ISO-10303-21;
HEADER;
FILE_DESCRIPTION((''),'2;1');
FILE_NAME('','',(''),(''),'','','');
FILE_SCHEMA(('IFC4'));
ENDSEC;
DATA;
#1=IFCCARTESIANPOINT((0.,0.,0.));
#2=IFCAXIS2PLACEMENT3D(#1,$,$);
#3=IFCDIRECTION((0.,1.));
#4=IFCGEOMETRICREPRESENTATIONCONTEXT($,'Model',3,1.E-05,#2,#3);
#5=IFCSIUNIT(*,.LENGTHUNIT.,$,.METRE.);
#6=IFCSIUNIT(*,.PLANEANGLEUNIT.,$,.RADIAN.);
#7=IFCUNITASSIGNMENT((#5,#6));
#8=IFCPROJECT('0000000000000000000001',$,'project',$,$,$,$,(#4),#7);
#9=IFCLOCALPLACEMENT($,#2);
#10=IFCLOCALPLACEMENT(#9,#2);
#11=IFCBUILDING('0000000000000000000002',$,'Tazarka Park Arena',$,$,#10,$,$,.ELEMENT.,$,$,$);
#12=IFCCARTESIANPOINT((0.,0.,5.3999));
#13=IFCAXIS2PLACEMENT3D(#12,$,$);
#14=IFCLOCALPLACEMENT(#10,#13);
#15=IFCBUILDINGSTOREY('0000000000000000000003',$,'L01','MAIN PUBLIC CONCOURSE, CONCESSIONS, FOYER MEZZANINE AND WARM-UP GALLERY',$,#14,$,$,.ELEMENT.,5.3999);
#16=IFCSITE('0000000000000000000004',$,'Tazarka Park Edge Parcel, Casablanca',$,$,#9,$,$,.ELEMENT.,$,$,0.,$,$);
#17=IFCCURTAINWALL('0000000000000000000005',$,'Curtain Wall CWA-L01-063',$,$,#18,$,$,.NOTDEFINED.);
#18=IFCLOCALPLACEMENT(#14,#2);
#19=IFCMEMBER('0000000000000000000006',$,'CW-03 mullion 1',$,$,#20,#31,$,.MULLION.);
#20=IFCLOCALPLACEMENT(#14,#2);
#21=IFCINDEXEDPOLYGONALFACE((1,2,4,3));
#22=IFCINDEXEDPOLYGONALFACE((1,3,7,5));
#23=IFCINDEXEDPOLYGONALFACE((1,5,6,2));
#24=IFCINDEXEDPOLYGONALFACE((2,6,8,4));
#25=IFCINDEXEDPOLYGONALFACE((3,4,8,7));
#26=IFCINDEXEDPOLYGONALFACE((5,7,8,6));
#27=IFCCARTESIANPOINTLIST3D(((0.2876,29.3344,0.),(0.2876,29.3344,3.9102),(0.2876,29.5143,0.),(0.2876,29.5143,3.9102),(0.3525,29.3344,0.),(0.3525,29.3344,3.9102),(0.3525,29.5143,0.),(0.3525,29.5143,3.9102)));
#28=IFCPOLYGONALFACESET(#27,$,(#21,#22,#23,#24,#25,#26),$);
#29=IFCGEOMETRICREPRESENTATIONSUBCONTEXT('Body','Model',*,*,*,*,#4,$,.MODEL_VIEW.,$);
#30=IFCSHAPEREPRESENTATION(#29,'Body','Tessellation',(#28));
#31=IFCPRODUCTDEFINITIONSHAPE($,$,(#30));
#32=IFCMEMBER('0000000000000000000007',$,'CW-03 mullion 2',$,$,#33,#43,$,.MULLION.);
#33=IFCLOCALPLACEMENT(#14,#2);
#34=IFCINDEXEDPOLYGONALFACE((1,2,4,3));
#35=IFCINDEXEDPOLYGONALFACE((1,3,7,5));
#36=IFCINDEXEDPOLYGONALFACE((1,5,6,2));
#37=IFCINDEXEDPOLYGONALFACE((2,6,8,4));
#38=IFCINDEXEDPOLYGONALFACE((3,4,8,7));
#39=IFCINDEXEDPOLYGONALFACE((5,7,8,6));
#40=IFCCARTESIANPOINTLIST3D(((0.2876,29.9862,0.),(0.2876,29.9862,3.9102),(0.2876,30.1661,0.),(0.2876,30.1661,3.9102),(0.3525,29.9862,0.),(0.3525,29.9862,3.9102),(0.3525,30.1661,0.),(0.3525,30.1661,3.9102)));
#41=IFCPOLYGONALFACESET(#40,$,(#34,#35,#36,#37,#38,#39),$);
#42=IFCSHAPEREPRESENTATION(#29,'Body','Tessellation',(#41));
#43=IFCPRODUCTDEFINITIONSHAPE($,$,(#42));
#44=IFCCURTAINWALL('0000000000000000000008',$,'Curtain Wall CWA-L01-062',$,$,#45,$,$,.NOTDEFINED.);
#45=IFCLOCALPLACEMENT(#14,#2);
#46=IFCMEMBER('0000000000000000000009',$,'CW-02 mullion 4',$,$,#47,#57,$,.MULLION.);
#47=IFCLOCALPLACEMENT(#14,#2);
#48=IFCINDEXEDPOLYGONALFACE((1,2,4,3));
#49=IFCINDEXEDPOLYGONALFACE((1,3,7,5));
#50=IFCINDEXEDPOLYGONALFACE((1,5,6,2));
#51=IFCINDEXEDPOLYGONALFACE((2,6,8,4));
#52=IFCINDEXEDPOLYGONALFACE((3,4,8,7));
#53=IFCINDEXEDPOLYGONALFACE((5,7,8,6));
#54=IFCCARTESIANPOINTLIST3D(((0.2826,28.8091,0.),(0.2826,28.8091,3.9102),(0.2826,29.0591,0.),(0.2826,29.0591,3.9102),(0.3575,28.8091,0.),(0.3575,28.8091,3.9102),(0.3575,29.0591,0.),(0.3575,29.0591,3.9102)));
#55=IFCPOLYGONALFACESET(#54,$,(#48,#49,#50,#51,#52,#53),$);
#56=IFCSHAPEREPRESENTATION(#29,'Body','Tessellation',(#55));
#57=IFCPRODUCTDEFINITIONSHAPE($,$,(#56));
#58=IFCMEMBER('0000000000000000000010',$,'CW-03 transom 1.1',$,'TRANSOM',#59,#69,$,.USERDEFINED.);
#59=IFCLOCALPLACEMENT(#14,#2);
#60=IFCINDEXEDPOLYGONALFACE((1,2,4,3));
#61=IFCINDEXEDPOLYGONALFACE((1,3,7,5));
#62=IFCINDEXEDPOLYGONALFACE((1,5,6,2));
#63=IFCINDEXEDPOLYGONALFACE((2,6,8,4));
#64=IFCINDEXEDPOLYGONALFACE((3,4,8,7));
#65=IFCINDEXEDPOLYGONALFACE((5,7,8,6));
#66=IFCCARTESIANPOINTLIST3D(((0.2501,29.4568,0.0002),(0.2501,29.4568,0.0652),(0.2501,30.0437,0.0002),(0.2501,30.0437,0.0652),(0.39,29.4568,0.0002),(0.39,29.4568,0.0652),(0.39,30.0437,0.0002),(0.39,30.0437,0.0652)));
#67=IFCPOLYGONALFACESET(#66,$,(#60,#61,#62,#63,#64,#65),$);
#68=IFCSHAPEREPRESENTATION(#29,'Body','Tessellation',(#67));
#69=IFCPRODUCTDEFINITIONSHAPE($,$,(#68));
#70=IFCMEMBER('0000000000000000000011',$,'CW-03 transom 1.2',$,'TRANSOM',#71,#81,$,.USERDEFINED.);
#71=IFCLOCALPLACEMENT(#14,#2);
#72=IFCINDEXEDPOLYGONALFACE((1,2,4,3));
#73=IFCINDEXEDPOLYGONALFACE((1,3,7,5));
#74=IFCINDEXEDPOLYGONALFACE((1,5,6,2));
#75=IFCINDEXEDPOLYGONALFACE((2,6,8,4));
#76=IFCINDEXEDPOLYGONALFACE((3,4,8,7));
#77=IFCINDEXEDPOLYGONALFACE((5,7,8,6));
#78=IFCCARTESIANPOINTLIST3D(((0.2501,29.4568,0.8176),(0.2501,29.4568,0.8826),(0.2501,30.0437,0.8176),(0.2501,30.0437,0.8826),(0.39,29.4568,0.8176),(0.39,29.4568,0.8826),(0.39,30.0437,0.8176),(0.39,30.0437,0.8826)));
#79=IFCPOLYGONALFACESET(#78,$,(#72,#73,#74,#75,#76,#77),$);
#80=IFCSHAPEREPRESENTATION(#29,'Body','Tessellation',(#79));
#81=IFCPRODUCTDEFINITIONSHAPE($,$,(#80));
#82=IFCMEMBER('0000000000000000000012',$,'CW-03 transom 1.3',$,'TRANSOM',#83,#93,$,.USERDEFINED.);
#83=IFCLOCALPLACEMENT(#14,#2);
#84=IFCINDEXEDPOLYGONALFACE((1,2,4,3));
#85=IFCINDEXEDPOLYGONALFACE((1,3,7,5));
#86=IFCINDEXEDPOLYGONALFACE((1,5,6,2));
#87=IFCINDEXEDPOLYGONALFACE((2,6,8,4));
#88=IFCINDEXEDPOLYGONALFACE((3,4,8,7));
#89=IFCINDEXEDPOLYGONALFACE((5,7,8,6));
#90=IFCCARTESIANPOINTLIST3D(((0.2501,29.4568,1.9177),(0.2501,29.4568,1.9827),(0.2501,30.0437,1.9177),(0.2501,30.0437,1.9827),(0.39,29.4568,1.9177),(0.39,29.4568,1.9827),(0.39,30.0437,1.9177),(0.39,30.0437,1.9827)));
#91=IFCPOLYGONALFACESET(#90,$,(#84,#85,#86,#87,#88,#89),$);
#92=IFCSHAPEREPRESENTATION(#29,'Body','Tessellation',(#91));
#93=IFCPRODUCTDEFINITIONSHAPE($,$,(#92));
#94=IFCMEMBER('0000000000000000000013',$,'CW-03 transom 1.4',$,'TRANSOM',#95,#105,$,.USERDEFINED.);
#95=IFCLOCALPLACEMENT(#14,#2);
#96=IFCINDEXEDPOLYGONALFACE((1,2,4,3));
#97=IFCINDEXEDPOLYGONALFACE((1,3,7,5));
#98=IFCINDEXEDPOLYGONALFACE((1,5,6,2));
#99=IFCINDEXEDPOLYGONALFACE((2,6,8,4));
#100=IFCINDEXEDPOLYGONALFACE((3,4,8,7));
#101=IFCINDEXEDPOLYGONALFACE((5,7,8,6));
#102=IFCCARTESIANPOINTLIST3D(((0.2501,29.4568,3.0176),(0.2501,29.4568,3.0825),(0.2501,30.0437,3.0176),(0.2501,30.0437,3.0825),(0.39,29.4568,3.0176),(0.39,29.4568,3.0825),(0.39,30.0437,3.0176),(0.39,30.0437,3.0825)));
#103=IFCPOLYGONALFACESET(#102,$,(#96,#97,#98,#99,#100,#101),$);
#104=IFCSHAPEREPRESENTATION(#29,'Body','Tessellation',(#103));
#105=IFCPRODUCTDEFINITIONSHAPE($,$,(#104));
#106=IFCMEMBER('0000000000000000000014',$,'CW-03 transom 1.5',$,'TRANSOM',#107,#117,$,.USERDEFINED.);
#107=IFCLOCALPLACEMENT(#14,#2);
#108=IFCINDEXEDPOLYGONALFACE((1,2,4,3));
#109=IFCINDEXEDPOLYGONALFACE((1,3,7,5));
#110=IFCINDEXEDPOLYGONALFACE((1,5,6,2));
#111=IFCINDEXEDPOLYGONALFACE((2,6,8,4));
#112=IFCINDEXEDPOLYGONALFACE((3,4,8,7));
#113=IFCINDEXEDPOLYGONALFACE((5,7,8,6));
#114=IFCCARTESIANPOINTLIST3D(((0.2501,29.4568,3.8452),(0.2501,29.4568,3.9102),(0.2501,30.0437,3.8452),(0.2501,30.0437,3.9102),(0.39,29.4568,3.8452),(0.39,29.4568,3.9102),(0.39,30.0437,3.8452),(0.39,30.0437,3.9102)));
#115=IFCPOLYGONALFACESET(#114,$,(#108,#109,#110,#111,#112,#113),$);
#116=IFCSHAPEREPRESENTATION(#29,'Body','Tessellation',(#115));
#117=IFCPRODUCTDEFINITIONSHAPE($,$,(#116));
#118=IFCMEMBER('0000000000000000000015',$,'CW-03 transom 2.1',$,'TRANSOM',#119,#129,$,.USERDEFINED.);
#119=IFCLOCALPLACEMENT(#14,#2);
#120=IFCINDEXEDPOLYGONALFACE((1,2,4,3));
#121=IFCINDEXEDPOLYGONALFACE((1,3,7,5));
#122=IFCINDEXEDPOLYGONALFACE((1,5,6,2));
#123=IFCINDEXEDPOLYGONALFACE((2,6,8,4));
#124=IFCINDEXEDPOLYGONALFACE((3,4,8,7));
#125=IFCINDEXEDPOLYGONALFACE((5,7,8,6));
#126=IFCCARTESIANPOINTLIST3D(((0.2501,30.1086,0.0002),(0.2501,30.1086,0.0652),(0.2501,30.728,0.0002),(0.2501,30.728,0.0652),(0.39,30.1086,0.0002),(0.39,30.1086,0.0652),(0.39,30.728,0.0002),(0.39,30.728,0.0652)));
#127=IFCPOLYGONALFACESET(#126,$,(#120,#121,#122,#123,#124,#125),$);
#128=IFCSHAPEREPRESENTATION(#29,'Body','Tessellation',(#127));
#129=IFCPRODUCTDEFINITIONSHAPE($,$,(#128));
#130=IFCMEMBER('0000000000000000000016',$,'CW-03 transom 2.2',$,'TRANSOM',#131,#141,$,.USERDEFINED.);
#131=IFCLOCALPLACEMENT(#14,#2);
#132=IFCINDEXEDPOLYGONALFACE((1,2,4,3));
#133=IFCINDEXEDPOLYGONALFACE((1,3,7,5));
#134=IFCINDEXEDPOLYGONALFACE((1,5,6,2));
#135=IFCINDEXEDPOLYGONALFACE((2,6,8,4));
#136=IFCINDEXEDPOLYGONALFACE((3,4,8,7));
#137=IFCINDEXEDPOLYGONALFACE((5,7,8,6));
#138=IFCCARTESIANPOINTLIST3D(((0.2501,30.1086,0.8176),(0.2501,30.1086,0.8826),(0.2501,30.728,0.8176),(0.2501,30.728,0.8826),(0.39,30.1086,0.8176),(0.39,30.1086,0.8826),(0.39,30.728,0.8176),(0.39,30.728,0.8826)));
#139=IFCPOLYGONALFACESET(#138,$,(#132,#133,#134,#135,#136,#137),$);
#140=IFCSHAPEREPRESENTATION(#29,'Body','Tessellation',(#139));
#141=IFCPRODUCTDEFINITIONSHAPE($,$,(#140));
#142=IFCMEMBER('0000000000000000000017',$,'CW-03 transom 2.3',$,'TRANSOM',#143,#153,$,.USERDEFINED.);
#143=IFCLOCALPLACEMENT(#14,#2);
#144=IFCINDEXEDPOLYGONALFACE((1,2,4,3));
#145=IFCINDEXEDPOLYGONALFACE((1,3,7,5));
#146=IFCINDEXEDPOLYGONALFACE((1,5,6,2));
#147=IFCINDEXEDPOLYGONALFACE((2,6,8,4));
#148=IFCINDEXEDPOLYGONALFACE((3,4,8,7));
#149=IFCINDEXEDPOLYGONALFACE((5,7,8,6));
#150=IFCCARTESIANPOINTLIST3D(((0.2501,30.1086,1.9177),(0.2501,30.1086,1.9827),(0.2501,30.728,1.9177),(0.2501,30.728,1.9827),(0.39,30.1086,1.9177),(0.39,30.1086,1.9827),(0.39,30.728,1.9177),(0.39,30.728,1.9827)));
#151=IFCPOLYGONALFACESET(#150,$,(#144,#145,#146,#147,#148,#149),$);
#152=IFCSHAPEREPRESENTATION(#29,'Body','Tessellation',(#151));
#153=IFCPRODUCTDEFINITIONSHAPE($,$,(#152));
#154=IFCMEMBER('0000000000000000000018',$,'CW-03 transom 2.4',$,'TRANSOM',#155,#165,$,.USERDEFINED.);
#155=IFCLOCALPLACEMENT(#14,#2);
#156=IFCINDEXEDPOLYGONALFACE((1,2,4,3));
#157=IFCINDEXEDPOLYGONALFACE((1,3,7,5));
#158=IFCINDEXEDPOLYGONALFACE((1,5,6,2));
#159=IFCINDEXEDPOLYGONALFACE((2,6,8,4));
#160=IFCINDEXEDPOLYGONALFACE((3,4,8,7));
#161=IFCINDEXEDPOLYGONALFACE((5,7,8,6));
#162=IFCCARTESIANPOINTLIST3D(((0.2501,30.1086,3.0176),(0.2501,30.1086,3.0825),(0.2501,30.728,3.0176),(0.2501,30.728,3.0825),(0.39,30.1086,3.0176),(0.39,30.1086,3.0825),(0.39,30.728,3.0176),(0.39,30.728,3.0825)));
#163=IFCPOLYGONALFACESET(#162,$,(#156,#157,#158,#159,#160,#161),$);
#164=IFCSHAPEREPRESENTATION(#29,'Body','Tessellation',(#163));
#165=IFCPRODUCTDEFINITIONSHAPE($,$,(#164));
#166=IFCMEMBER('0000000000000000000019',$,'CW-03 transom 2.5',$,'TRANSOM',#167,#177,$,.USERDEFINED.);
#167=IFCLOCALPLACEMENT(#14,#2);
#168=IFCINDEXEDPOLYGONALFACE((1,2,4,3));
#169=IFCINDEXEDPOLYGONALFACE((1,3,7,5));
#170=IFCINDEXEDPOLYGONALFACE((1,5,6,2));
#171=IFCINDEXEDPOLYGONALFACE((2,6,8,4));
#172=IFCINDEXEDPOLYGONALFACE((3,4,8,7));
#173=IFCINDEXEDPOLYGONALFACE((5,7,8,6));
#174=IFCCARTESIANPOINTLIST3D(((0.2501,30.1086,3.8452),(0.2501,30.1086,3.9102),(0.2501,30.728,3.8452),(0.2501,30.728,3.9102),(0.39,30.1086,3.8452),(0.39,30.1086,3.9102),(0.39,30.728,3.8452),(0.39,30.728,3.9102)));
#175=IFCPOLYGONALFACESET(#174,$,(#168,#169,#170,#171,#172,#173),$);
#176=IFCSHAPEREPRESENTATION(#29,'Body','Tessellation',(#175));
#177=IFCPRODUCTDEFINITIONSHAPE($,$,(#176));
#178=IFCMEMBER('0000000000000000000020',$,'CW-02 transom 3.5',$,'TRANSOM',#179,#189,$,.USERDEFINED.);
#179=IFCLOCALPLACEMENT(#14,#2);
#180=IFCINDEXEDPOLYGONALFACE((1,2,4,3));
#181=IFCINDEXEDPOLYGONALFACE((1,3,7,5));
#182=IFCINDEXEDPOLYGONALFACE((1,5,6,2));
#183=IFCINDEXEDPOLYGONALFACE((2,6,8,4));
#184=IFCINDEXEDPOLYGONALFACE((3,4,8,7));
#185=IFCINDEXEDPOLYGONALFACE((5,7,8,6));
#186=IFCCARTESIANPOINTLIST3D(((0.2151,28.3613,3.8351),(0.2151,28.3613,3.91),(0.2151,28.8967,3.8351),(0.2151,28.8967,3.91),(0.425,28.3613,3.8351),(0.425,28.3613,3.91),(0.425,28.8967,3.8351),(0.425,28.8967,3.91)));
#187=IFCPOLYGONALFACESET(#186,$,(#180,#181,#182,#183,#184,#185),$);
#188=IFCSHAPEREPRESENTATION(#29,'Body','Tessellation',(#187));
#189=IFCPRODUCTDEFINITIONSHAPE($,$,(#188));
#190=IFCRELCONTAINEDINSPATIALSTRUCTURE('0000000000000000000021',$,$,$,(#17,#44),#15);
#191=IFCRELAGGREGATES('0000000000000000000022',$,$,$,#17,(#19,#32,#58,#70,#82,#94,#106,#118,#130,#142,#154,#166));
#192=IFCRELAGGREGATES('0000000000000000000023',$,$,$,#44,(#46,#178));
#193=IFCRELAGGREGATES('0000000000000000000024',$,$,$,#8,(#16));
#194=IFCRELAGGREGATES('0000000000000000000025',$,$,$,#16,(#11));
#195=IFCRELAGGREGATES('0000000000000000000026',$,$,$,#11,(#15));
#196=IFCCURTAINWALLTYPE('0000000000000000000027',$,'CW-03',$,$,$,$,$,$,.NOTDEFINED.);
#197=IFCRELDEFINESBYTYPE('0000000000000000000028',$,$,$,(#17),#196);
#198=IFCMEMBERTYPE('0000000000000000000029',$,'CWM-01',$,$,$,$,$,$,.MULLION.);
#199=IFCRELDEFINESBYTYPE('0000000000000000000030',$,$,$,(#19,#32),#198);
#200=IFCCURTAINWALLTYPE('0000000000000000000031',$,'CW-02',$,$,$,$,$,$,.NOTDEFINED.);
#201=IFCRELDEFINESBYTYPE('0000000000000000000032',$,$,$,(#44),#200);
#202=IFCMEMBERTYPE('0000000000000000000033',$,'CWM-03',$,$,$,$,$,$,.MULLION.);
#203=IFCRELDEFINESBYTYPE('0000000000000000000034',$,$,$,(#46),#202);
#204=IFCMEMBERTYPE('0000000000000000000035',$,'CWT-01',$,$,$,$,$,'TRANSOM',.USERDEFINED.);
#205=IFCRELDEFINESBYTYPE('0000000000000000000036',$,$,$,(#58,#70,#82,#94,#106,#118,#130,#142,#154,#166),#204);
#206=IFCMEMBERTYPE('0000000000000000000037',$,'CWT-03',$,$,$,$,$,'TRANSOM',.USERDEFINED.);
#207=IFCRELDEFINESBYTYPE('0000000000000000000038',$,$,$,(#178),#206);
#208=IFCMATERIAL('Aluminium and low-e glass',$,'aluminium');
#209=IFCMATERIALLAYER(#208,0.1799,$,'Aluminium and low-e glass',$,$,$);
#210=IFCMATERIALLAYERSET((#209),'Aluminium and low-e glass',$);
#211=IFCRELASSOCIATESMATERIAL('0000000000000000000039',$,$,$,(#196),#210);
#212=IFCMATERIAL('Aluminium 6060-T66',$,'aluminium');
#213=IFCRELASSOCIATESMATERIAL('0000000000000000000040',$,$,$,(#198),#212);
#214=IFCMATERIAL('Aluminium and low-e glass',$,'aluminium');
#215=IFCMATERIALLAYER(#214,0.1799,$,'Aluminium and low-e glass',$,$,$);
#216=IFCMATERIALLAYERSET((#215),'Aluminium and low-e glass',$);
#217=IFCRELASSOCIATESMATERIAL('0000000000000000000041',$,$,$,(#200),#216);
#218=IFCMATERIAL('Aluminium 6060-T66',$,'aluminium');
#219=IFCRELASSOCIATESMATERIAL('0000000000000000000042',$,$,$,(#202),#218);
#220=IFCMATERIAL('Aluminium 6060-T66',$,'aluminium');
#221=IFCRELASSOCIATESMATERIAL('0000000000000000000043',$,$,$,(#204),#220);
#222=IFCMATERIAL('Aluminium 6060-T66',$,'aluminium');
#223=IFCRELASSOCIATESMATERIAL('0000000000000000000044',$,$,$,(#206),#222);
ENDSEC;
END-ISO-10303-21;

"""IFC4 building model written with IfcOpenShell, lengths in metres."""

from ifc_helpers import new_model, si_unit, direction, frame, origin, origin_2d, place, context, subcontext, project, spatial, rectangle, extrude, material, layer, layer_set, material_profile, profile_set, type_object, element, aggregate, save


model = new_model("IFC4")

# Units and contexts
model_context = context("Model", 3, precision=1e-05, world=origin(), true_north=direction((0.0, 1.0)))
body_context = subcontext(model_context, "Body", "Model", "MODEL_VIEW")
ifc_project = project(units=[si_unit("LENGTHUNIT", "METRE"), si_unit("PLANEANGLEUNIT", "RADIAN")], contexts=[model_context])

# Site, building, storey
site_placement = place(None, origin())
site = spatial("IfcSite", under=ifc_project, at=site_placement, Name="Tazarka Park Edge Parcel, Casablanca", CompositionType="ELEMENT", RefElevation=0.0)
building_placement = place(site_placement, origin())
building = spatial("IfcBuilding", under=site, at=building_placement, Name="Tazarka Park Arena", CompositionType="ELEMENT")
storey_placement = place(building_placement, frame((0.0, 0.0, 5.3999)))
storey = spatial("IfcBuildingStorey", under=building, at=storey_placement, Name="L01", Description="MAIN PUBLIC CONCOURSE, CONCESSIONS, FOYER MEZZANINE AND WARM-UP GALLERY", CompositionType="ELEMENT", Elevation=5.3999)

# Curtain wall, members
ifc_material_1 = material(Name="Aluminium and low-e glass", Category="aluminium")
ifc_layer_1 = layer(ifc_material_1, 0.1799, Name="Aluminium and low-e glass")
ifc_layer_set_1 = layer_set([ifc_layer_1], Name="Aluminium and low-e glass")
curtain_wall_type_1 = type_object("IfcCurtainWallType", Name="CW-03", PredefinedType="NOTDEFINED", material=ifc_layer_set_1)
curtain_wall_1_placement = place(storey_placement, origin())
curtain_wall_1 = element("IfcCurtainWall", 1, at=curtain_wall_1_placement, inside=storey, type_object=curtain_wall_type_1, Name="Curtain Wall CWA-L01-063", PredefinedType="NOTDEFINED")
ifc_material_2 = material(Name="Aluminium 6060-T66", Category="aluminium")
ifc_material_profile_1 = material_profile(ifc_material_2, rectangle(XDim=0.0649, YDim=0.1799, at=origin_2d()), Name="Aluminium 6060-T66")
ifc_profile_set_1 = profile_set([ifc_material_profile_1], Name="Aluminium 6060-T66")
member_type_1 = type_object("IfcMemberType", Name="CWM-01", PredefinedType="MULLION", material=ifc_profile_set_1)
member_1_placement = place(storey_placement, frame((0.3201, 29.4243, 0.0), z_axis=(0.0, 0.0, 1.0), x_axis=(-1.0, 0.0, 0.0)))
member_1 = element("IfcMember", 2, at=member_1_placement, type_object=member_type_1, Name="CW-03 mullion 1", PredefinedType="MULLION", context=body_context, shape_type="SweptSolid", body=[
    extrude(rectangle(XDim=0.0649, YDim=0.1799, at=origin_2d()), origin(), (0.0, 0.0, 1.0), 3.9102),
])
member_2_placement = place(storey_placement, frame((0.3201, 30.0762, 0.0), z_axis=(0.0, 0.0, 1.0), x_axis=(-1.0, 0.0, 0.0)))
member_2 = element("IfcMember", 3, at=member_2_placement, type_object=member_type_1, Name="CW-03 mullion 2", PredefinedType="MULLION", context=body_context, shape_type="SweptSolid", body=[
    extrude(rectangle(XDim=0.0649, YDim=0.1799, at=origin_2d()), origin(), (0.0, 0.0, 1.0), 3.9102),
])

# Curtain wall, member
ifc_material_3 = material(Name="Aluminium and low-e glass", Category="aluminium")
ifc_layer_2 = layer(ifc_material_3, 0.1799, Name="Aluminium and low-e glass")
ifc_layer_set_2 = layer_set([ifc_layer_2], Name="Aluminium and low-e glass")
curtain_wall_type_2 = type_object("IfcCurtainWallType", Name="CW-02", PredefinedType="NOTDEFINED", material=ifc_layer_set_2)
curtain_wall_2_placement = place(storey_placement, origin())
curtain_wall_2 = element("IfcCurtainWall", 4, at=curtain_wall_2_placement, inside=storey, type_object=curtain_wall_type_2, Name="Curtain Wall CWA-L01-062", PredefinedType="NOTDEFINED")
ifc_material_4 = material(Name="Aluminium 6060-T66", Category="aluminium")
ifc_material_profile_2 = material_profile(ifc_material_4, rectangle(XDim=0.075, YDim=0.25, at=origin_2d()), Name="Aluminium 6060-T66")
ifc_profile_set_2 = profile_set([ifc_material_profile_2], Name="Aluminium 6060-T66")
member_type_2 = type_object("IfcMemberType", Name="CWM-03", PredefinedType="MULLION", material=ifc_profile_set_2)
member_3_placement = place(storey_placement, frame((0.3201, 28.9341, 0.0), z_axis=(0.0, 0.0, 1.0), x_axis=(-1.0, 0.0, 0.0)))
member_3 = element("IfcMember", 5, at=member_3_placement, type_object=member_type_2, Name="CW-02 mullion 4", PredefinedType="MULLION", context=body_context, shape_type="SweptSolid", body=[
    extrude(rectangle(XDim=0.075, YDim=0.25, at=origin_2d()), origin(), (0.0, 0.0, 1.0), 3.9102),
])

# Members
ifc_material_5 = material(Name="Aluminium 6060-T66", Category="aluminium")
ifc_material_profile_3 = material_profile(ifc_material_5, rectangle(XDim=0.1399, YDim=0.0649, at=origin_2d()), Name="Aluminium 6060-T66")
ifc_profile_set_3 = profile_set([ifc_material_profile_3], Name="Aluminium 6060-T66")
member_type_3 = type_object("IfcMemberType", Name="CWT-01", ElementType="TRANSOM", PredefinedType="USERDEFINED", material=ifc_profile_set_3)
member_4_placement = place(storey_placement, frame((0.3201, 29.4568, 0.0327), z_axis=(0.0, 1.0, 0.0), x_axis=(-1.0, 0.0, 0.0)))
member_4 = element("IfcMember", 6, at=member_4_placement, type_object=member_type_3, Name="CW-03 transom 1.1", ObjectType="TRANSOM", PredefinedType="USERDEFINED", context=body_context, shape_type="SweptSolid", body=[
    extrude(rectangle(XDim=0.1399, YDim=0.0649, at=origin_2d()), origin(), (0.0, 0.0, 1.0), 0.5869),
])
member_5_placement = place(storey_placement, frame((0.3201, 29.4568, 0.8501), z_axis=(0.0, 1.0, 0.0), x_axis=(-1.0, 0.0, 0.0)))
member_5 = element("IfcMember", 7, at=member_5_placement, type_object=member_type_3, Name="CW-03 transom 1.2", ObjectType="TRANSOM", PredefinedType="USERDEFINED", context=body_context, shape_type="SweptSolid", body=[
    extrude(rectangle(XDim=0.1399, YDim=0.0649, at=origin_2d()), origin(), (0.0, 0.0, 1.0), 0.5869),
])
member_6_placement = place(storey_placement, frame((0.3201, 29.4568, 1.9502), z_axis=(0.0, 1.0, 0.0), x_axis=(-1.0, 0.0, 0.0)))
member_6 = element("IfcMember", 8, at=member_6_placement, type_object=member_type_3, Name="CW-03 transom 1.3", ObjectType="TRANSOM", PredefinedType="USERDEFINED", context=body_context, shape_type="SweptSolid", body=[
    extrude(rectangle(XDim=0.1399, YDim=0.0649, at=origin_2d()), origin(), (0.0, 0.0, 1.0), 0.5869),
])
member_7_placement = place(storey_placement, frame((0.3201, 29.4568, 3.05), z_axis=(0.0, 1.0, 0.0), x_axis=(-1.0, 0.0, 0.0)))
member_7 = element("IfcMember", 9, at=member_7_placement, type_object=member_type_3, Name="CW-03 transom 1.4", ObjectType="TRANSOM", PredefinedType="USERDEFINED", context=body_context, shape_type="SweptSolid", body=[
    extrude(rectangle(XDim=0.1399, YDim=0.0649, at=origin_2d()), origin(), (0.0, 0.0, 1.0), 0.5869),
])
member_8_placement = place(storey_placement, frame((0.3201, 29.4568, 3.8777), z_axis=(0.0, 1.0, 0.0), x_axis=(-1.0, 0.0, 0.0)))
member_8 = element("IfcMember", 10, at=member_8_placement, type_object=member_type_3, Name="CW-03 transom 1.5", ObjectType="TRANSOM", PredefinedType="USERDEFINED", context=body_context, shape_type="SweptSolid", body=[
    extrude(rectangle(XDim=0.1399, YDim=0.0649, at=origin_2d()), origin(), (0.0, 0.0, 1.0), 0.5869),
])
member_9_placement = place(storey_placement, frame((0.3201, 30.1086, 0.0327), z_axis=(0.0, 1.0, 0.0), x_axis=(-1.0, 0.0, 0.0)))
member_9 = element("IfcMember", 11, at=member_9_placement, type_object=member_type_3, Name="CW-03 transom 2.1", ObjectType="TRANSOM", PredefinedType="USERDEFINED", context=body_context, shape_type="SweptSolid", body=[
    extrude(rectangle(XDim=0.1399, YDim=0.0649, at=origin_2d()), origin(), (0.0, 0.0, 1.0), 0.6194),
])
member_10_placement = place(storey_placement, frame((0.3201, 30.1086, 0.8501), z_axis=(0.0, 1.0, 0.0), x_axis=(-1.0, 0.0, 0.0)))
member_10 = element("IfcMember", 12, at=member_10_placement, type_object=member_type_3, Name="CW-03 transom 2.2", ObjectType="TRANSOM", PredefinedType="USERDEFINED", context=body_context, shape_type="SweptSolid", body=[
    extrude(rectangle(XDim=0.1399, YDim=0.0649, at=origin_2d()), origin(), (0.0, 0.0, 1.0), 0.6194),
])
member_11_placement = place(storey_placement, frame((0.3201, 30.1086, 1.9502), z_axis=(0.0, 1.0, 0.0), x_axis=(-1.0, 0.0, 0.0)))
member_11 = element("IfcMember", 13, at=member_11_placement, type_object=member_type_3, Name="CW-03 transom 2.3", ObjectType="TRANSOM", PredefinedType="USERDEFINED", context=body_context, shape_type="SweptSolid", body=[
    extrude(rectangle(XDim=0.1399, YDim=0.0649, at=origin_2d()), origin(), (0.0, 0.0, 1.0), 0.6194),
])
member_12_placement = place(storey_placement, frame((0.3201, 30.1086, 3.05), z_axis=(0.0, 1.0, 0.0), x_axis=(-1.0, 0.0, 0.0)))
member_12 = element("IfcMember", 14, at=member_12_placement, type_object=member_type_3, Name="CW-03 transom 2.4", ObjectType="TRANSOM", PredefinedType="USERDEFINED", context=body_context, shape_type="SweptSolid", body=[
    extrude(rectangle(XDim=0.1399, YDim=0.0649, at=origin_2d()), origin(), (0.0, 0.0, 1.0), 0.6194),
])
member_13_placement = place(storey_placement, frame((0.3201, 30.1086, 3.8777), z_axis=(0.0, 1.0, 0.0), x_axis=(-1.0, 0.0, 0.0)))
member_13 = element("IfcMember", 15, at=member_13_placement, type_object=member_type_3, Name="CW-03 transom 2.5", ObjectType="TRANSOM", PredefinedType="USERDEFINED", context=body_context, shape_type="SweptSolid", body=[
    extrude(rectangle(XDim=0.1399, YDim=0.0649, at=origin_2d()), origin(), (0.0, 0.0, 1.0), 0.6194),
])
ifc_material_6 = material(Name="Aluminium 6060-T66", Category="aluminium")
ifc_material_profile_4 = material_profile(ifc_material_6, rectangle(XDim=0.21, YDim=0.075, at=origin_2d()), Name="Aluminium 6060-T66")
ifc_profile_set_4 = profile_set([ifc_material_profile_4], Name="Aluminium 6060-T66")
member_type_4 = type_object("IfcMemberType", Name="CWT-03", ElementType="TRANSOM", PredefinedType="USERDEFINED", material=ifc_profile_set_4)
member_14_placement = place(storey_placement, frame((0.3201, 28.3613, 3.8726), z_axis=(0.0, 1.0, 0.0), x_axis=(-1.0, 0.0, 0.0)))
member_14 = element("IfcMember", 16, at=member_14_placement, type_object=member_type_4, Name="CW-02 transom 3.5", ObjectType="TRANSOM", PredefinedType="USERDEFINED", context=body_context, shape_type="SweptSolid", body=[
    extrude(rectangle(XDim=0.21, YDim=0.075, at=origin_2d()), origin(), (0.0, 0.0, 1.0), 0.5354),
])

aggregate(curtain_wall_1, [member_1, member_2, member_4, member_5, member_6, member_7, member_8, member_9, member_10, member_11, member_12, member_13])
aggregate(curtain_wall_2, [member_3, member_14])

save(model, "model.ifc")
